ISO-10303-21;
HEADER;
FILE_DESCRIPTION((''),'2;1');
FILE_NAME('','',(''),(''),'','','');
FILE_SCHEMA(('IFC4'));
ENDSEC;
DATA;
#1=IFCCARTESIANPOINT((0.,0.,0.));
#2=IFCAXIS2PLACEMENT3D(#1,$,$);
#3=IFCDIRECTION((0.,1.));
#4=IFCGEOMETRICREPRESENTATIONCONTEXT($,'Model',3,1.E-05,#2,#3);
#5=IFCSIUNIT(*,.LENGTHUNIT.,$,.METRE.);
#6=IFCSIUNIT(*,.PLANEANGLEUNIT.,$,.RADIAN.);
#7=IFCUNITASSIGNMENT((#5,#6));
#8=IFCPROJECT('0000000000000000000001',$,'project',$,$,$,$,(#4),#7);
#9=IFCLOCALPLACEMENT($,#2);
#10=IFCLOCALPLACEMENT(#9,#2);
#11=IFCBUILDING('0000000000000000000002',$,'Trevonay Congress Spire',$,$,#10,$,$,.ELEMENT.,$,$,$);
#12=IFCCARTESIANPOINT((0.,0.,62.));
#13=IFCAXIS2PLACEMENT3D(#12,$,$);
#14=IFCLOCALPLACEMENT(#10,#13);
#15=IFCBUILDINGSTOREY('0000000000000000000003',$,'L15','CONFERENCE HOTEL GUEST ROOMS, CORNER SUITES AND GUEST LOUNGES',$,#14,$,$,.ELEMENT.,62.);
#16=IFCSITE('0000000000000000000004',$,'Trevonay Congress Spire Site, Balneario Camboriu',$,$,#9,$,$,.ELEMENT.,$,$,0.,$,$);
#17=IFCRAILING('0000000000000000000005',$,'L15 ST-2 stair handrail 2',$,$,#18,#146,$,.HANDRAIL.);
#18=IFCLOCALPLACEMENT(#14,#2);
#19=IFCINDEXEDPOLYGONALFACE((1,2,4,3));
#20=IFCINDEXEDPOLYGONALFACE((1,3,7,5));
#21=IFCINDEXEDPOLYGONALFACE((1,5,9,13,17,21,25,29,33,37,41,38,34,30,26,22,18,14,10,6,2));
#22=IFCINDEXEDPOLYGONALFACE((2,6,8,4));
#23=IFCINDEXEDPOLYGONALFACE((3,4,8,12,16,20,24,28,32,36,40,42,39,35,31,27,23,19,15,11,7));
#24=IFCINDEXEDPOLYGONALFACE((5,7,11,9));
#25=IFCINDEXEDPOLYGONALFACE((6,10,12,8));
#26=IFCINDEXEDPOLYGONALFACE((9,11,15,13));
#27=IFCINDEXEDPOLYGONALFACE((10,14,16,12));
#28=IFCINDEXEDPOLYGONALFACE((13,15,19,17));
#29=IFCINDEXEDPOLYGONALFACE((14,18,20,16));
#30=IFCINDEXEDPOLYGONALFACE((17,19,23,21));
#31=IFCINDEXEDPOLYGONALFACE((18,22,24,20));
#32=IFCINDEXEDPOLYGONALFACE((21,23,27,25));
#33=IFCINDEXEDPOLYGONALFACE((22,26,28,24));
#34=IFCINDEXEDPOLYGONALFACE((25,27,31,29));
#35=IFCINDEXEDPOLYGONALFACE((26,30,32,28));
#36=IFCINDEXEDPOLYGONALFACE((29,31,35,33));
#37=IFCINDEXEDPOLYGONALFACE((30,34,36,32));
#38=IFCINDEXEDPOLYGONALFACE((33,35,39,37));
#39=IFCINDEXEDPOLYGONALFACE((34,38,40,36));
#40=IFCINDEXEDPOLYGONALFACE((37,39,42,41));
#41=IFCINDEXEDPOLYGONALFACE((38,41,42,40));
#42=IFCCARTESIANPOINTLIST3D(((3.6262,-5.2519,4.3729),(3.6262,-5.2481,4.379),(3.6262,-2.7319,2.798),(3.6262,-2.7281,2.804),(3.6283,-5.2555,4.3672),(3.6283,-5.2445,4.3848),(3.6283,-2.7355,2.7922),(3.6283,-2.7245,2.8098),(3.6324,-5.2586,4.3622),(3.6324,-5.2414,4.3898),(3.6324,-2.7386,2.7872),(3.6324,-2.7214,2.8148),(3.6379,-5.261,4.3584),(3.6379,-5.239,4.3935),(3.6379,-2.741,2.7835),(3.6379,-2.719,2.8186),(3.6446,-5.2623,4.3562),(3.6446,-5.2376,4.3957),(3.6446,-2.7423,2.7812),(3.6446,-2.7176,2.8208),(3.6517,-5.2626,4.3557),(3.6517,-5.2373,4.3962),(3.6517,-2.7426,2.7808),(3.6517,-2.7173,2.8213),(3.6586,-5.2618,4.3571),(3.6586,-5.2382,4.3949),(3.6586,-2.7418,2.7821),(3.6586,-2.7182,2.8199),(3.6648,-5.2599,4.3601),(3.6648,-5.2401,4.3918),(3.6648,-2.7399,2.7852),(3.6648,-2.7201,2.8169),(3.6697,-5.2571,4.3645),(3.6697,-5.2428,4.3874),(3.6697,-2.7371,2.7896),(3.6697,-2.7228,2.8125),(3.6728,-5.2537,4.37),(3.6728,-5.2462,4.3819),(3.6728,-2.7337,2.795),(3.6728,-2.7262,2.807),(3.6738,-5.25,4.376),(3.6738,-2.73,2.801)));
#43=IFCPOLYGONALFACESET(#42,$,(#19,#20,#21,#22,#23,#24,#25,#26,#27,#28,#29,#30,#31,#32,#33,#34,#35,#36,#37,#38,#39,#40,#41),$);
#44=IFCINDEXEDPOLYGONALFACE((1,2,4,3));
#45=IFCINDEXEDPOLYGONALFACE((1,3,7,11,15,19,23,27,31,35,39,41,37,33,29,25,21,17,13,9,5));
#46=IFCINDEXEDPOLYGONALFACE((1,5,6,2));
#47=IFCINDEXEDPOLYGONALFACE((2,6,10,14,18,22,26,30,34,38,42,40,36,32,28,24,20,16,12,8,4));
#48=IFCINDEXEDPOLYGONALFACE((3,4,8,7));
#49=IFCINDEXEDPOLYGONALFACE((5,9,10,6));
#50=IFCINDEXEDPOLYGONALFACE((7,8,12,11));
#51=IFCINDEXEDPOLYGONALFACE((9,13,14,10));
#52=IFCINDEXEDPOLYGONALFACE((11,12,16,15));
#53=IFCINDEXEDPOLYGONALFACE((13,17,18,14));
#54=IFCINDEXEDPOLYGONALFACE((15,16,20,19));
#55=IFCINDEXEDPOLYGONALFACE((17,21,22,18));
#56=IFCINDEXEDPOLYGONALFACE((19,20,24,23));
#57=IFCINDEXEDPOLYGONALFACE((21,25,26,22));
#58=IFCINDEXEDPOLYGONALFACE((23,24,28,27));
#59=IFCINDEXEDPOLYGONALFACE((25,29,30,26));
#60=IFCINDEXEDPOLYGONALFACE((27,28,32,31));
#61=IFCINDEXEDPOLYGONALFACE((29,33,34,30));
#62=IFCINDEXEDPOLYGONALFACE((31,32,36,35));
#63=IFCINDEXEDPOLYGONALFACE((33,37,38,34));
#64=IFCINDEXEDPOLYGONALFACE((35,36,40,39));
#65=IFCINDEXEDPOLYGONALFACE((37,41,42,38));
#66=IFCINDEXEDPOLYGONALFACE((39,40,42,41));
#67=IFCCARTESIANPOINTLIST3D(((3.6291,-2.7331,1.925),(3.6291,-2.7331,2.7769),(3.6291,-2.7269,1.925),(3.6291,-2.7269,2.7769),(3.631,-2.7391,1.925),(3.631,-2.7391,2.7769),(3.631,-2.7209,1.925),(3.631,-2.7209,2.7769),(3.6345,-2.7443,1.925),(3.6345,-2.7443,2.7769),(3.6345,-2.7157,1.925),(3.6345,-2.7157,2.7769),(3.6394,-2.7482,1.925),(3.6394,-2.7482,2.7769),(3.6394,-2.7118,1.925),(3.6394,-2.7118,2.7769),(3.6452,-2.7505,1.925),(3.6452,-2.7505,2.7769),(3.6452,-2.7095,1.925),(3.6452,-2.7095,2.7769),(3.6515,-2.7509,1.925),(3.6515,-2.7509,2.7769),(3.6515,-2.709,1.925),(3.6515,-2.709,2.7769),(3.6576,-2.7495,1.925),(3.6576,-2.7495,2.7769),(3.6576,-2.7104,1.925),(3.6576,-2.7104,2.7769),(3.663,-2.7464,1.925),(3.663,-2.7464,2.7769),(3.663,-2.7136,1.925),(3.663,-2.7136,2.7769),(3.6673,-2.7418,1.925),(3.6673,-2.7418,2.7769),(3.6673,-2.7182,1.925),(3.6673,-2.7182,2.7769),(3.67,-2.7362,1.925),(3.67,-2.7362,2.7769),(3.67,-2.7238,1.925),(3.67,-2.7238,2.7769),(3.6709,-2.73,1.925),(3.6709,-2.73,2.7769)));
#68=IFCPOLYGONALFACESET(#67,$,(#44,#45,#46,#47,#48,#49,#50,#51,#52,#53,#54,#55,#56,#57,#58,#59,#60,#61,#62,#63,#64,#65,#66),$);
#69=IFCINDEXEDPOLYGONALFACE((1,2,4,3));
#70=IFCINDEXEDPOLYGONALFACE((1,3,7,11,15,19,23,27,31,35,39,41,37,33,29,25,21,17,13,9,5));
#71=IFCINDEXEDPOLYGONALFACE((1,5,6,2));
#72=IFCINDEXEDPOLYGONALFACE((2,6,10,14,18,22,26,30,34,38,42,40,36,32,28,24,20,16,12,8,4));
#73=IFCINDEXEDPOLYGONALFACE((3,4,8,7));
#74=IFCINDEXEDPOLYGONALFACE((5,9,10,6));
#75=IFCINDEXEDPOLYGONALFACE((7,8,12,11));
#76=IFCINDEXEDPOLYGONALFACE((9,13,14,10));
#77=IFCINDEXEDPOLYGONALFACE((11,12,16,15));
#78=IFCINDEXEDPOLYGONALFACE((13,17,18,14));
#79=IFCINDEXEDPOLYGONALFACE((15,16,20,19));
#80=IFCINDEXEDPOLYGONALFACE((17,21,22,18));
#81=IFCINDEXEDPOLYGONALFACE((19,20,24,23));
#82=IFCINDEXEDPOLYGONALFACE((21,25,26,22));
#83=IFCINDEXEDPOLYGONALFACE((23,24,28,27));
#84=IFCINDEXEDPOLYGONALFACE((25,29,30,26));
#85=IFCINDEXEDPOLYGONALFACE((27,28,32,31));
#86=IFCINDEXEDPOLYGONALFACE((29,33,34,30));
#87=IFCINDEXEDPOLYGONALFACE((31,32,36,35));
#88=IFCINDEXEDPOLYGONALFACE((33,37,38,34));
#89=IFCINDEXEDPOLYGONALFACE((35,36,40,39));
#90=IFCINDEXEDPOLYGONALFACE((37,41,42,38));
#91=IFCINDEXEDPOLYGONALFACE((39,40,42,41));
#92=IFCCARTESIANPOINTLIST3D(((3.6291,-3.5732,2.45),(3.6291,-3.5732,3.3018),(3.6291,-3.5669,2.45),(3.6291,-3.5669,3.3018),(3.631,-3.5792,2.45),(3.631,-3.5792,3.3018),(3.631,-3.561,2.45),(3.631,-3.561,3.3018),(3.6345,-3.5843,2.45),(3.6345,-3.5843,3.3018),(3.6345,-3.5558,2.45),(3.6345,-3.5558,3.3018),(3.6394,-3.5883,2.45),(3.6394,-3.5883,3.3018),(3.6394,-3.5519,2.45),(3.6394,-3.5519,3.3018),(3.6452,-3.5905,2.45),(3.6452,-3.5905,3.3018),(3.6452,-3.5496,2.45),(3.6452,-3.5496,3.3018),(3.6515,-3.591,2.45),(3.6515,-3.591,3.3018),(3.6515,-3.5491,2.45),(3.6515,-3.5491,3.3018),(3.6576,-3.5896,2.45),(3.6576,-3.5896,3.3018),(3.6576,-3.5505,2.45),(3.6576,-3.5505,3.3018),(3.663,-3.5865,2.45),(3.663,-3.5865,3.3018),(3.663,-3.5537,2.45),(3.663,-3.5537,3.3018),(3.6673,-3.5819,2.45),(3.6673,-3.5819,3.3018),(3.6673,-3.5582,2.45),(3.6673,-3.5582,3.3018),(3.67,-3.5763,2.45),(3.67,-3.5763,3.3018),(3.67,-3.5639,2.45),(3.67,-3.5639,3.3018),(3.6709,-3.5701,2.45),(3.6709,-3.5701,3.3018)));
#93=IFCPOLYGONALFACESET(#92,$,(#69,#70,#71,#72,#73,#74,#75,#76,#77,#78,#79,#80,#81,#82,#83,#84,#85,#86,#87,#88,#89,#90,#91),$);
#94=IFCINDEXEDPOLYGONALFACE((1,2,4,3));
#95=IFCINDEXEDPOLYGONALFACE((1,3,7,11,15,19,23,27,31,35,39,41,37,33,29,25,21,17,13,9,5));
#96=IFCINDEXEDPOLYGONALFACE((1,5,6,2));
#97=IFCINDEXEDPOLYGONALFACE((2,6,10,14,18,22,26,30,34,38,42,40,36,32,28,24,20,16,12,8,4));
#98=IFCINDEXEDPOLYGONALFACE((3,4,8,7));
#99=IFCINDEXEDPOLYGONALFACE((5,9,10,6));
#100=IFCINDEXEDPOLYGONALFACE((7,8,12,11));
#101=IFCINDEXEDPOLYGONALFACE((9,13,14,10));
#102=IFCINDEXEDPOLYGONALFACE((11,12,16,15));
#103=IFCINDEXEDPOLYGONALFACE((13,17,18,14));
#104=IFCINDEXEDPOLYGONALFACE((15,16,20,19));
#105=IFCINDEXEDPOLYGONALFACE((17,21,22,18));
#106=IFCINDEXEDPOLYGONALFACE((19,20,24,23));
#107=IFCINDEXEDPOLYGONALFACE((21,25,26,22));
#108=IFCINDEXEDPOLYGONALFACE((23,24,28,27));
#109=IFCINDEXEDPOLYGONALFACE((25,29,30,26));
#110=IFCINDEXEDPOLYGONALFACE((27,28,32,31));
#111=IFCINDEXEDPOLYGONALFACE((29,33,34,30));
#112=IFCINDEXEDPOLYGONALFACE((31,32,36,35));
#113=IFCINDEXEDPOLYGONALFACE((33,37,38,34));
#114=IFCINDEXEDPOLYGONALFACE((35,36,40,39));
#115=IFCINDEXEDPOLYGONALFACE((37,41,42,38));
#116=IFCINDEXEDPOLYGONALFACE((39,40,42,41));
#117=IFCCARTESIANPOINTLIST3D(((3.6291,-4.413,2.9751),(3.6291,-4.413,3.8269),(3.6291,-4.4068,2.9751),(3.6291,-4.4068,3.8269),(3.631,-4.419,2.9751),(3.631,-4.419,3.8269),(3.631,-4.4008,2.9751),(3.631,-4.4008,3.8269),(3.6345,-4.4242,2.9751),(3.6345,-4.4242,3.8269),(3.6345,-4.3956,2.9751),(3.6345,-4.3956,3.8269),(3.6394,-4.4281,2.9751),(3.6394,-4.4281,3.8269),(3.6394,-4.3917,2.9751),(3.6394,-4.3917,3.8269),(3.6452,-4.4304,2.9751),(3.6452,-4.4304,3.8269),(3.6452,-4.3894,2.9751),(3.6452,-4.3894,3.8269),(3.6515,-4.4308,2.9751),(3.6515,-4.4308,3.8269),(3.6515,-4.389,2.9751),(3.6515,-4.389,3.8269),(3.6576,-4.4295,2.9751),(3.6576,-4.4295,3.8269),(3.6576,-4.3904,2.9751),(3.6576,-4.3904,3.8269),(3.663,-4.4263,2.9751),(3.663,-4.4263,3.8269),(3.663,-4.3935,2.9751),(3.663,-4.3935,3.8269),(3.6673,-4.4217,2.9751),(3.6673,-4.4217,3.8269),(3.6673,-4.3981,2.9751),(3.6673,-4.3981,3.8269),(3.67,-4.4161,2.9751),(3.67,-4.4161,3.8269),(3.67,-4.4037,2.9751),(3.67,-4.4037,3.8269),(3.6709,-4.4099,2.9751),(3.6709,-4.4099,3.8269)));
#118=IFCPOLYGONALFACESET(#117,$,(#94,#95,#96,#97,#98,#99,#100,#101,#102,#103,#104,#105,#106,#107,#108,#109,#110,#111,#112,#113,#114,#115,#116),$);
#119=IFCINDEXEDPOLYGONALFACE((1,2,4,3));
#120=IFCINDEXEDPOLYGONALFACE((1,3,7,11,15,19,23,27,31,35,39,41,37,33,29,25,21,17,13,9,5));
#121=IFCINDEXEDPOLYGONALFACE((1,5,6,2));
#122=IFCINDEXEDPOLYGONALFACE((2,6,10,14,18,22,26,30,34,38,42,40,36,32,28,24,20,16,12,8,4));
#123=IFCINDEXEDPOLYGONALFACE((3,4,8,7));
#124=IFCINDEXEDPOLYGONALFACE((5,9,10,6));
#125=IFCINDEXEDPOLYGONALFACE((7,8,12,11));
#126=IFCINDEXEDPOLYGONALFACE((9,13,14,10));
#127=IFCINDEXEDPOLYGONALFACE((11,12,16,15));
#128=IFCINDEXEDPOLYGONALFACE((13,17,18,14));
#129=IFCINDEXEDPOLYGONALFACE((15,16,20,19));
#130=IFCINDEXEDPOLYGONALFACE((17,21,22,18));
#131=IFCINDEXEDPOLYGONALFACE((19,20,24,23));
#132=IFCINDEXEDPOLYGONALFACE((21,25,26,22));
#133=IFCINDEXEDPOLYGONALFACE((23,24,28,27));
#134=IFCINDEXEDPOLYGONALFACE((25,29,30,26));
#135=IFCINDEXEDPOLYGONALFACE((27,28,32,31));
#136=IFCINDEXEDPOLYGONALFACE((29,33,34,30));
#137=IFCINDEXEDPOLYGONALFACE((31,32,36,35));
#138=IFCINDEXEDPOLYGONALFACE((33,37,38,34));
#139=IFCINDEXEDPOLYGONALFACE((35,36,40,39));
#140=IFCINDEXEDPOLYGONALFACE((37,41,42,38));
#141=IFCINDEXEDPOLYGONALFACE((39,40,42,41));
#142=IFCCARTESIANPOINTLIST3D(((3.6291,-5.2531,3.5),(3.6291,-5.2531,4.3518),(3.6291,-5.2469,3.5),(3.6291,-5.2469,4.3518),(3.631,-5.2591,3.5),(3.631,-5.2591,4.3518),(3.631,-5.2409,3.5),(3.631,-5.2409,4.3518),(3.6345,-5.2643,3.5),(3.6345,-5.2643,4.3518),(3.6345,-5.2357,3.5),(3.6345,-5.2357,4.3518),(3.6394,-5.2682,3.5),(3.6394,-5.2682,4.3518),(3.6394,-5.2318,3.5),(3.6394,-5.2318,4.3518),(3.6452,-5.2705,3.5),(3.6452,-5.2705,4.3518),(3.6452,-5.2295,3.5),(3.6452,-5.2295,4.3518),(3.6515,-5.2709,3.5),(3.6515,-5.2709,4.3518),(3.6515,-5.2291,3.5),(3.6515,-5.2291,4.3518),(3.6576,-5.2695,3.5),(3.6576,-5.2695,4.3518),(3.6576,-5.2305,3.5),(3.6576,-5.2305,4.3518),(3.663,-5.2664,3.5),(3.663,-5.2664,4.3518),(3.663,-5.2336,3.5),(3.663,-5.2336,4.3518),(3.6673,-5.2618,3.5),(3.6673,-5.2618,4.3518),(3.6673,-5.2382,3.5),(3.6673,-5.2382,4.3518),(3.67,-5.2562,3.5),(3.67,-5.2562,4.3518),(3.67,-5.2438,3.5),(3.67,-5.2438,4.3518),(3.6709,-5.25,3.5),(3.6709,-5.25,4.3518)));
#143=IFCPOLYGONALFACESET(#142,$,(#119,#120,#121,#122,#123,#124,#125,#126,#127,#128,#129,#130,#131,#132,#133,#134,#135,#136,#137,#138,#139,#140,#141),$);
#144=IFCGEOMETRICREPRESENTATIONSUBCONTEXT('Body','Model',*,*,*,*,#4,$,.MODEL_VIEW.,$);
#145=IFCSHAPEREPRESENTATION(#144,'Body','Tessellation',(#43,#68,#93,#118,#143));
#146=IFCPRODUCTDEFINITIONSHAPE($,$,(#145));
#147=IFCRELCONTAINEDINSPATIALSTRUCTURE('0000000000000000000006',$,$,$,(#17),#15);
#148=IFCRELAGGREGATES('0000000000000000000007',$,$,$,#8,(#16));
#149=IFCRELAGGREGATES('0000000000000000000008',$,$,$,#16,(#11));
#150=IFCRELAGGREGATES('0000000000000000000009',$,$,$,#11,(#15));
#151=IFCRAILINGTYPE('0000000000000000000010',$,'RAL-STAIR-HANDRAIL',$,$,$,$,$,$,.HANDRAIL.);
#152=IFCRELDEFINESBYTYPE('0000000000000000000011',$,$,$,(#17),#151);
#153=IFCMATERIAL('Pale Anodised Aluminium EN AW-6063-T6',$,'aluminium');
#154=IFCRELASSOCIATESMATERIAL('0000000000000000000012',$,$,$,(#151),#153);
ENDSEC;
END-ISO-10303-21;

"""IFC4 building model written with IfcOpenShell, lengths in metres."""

from ifc_helpers import new_model, si_unit, direction, frame, origin, origin_2d, place, context, subcontext, project, spatial, circle, extrude, material, type_object, element, save


model = new_model("IFC4")

# Units and contexts
model_context = context("Model", 3, precision=1e-05, world=origin(), true_north=direction((0.0, 1.0)))
body_context = subcontext(model_context, "Body", "Model", "MODEL_VIEW")
ifc_project = project(units=[si_unit("LENGTHUNIT", "METRE"), si_unit("PLANEANGLEUNIT", "RADIAN")], contexts=[model_context])

# Site, building, storey
site_placement = place(None, origin())
site = spatial("IfcSite", under=ifc_project, at=site_placement, Name="Trevonay Congress Spire Site, Balneario Camboriu", CompositionType="ELEMENT", RefElevation=0.0)
building_placement = place(site_placement, origin())
building = spatial("IfcBuilding", under=site, at=building_placement, Name="Trevonay Congress Spire", CompositionType="ELEMENT")
storey_placement = place(building_placement, frame((0.0, 0.0, 62.0)))
storey = spatial("IfcBuildingStorey", under=building, at=storey_placement, Name="L15", Description="CONFERENCE HOTEL GUEST ROOMS, CORNER SUITES AND GUEST LOUNGES", CompositionType="ELEMENT", Elevation=62.0)

# Railing
ifc_material_1 = material(Name="Pale Anodised Aluminium EN AW-6063-T6", Category="aluminium")
railing_type_1 = type_object("IfcRailingType", Name="RAL-STAIR-HANDRAIL", PredefinedType="HANDRAIL", material=ifc_material_1)
railing_1_placement = place(storey_placement, frame((3.6499, -2.73, 1.925)))
element("IfcRailing", 1, at=railing_1_placement, inside=storey, type_object=railing_type_1, Name="L15 ST-2 stair handrail 2", PredefinedType="HANDRAIL", context=body_context, shape_type="SweptSolid", body=[
    extrude(circle(Radius=0.0239, at=origin_2d()), frame((0.0, 0.0, 0.876), z_axis=(0.0, -0.848008, 0.529984), x_axis=(1.0, 0.0, 0.0)), (0.0, 0.0, 1.0), 2.9717),
    extrude(circle(Radius=0.021, at=origin_2d()), origin(), (0.0, 0.0, 1.0), 0.8518),
    extrude(circle(Radius=0.021, at=origin_2d()), frame((0.0, -0.8401, 0.5249)), (0.0, 0.0, 1.0), 0.8518),
    extrude(circle(Radius=0.021, at=origin_2d()), frame((0.0, -1.6799, 1.05)), (0.0, 0.0, 1.0), 0.8518),
    extrude(circle(Radius=0.021, at=origin_2d()), frame((0.0, -2.52, 1.575)), (0.0, 0.0, 1.0), 0.8518),
])

save(model, "model.ifc")
